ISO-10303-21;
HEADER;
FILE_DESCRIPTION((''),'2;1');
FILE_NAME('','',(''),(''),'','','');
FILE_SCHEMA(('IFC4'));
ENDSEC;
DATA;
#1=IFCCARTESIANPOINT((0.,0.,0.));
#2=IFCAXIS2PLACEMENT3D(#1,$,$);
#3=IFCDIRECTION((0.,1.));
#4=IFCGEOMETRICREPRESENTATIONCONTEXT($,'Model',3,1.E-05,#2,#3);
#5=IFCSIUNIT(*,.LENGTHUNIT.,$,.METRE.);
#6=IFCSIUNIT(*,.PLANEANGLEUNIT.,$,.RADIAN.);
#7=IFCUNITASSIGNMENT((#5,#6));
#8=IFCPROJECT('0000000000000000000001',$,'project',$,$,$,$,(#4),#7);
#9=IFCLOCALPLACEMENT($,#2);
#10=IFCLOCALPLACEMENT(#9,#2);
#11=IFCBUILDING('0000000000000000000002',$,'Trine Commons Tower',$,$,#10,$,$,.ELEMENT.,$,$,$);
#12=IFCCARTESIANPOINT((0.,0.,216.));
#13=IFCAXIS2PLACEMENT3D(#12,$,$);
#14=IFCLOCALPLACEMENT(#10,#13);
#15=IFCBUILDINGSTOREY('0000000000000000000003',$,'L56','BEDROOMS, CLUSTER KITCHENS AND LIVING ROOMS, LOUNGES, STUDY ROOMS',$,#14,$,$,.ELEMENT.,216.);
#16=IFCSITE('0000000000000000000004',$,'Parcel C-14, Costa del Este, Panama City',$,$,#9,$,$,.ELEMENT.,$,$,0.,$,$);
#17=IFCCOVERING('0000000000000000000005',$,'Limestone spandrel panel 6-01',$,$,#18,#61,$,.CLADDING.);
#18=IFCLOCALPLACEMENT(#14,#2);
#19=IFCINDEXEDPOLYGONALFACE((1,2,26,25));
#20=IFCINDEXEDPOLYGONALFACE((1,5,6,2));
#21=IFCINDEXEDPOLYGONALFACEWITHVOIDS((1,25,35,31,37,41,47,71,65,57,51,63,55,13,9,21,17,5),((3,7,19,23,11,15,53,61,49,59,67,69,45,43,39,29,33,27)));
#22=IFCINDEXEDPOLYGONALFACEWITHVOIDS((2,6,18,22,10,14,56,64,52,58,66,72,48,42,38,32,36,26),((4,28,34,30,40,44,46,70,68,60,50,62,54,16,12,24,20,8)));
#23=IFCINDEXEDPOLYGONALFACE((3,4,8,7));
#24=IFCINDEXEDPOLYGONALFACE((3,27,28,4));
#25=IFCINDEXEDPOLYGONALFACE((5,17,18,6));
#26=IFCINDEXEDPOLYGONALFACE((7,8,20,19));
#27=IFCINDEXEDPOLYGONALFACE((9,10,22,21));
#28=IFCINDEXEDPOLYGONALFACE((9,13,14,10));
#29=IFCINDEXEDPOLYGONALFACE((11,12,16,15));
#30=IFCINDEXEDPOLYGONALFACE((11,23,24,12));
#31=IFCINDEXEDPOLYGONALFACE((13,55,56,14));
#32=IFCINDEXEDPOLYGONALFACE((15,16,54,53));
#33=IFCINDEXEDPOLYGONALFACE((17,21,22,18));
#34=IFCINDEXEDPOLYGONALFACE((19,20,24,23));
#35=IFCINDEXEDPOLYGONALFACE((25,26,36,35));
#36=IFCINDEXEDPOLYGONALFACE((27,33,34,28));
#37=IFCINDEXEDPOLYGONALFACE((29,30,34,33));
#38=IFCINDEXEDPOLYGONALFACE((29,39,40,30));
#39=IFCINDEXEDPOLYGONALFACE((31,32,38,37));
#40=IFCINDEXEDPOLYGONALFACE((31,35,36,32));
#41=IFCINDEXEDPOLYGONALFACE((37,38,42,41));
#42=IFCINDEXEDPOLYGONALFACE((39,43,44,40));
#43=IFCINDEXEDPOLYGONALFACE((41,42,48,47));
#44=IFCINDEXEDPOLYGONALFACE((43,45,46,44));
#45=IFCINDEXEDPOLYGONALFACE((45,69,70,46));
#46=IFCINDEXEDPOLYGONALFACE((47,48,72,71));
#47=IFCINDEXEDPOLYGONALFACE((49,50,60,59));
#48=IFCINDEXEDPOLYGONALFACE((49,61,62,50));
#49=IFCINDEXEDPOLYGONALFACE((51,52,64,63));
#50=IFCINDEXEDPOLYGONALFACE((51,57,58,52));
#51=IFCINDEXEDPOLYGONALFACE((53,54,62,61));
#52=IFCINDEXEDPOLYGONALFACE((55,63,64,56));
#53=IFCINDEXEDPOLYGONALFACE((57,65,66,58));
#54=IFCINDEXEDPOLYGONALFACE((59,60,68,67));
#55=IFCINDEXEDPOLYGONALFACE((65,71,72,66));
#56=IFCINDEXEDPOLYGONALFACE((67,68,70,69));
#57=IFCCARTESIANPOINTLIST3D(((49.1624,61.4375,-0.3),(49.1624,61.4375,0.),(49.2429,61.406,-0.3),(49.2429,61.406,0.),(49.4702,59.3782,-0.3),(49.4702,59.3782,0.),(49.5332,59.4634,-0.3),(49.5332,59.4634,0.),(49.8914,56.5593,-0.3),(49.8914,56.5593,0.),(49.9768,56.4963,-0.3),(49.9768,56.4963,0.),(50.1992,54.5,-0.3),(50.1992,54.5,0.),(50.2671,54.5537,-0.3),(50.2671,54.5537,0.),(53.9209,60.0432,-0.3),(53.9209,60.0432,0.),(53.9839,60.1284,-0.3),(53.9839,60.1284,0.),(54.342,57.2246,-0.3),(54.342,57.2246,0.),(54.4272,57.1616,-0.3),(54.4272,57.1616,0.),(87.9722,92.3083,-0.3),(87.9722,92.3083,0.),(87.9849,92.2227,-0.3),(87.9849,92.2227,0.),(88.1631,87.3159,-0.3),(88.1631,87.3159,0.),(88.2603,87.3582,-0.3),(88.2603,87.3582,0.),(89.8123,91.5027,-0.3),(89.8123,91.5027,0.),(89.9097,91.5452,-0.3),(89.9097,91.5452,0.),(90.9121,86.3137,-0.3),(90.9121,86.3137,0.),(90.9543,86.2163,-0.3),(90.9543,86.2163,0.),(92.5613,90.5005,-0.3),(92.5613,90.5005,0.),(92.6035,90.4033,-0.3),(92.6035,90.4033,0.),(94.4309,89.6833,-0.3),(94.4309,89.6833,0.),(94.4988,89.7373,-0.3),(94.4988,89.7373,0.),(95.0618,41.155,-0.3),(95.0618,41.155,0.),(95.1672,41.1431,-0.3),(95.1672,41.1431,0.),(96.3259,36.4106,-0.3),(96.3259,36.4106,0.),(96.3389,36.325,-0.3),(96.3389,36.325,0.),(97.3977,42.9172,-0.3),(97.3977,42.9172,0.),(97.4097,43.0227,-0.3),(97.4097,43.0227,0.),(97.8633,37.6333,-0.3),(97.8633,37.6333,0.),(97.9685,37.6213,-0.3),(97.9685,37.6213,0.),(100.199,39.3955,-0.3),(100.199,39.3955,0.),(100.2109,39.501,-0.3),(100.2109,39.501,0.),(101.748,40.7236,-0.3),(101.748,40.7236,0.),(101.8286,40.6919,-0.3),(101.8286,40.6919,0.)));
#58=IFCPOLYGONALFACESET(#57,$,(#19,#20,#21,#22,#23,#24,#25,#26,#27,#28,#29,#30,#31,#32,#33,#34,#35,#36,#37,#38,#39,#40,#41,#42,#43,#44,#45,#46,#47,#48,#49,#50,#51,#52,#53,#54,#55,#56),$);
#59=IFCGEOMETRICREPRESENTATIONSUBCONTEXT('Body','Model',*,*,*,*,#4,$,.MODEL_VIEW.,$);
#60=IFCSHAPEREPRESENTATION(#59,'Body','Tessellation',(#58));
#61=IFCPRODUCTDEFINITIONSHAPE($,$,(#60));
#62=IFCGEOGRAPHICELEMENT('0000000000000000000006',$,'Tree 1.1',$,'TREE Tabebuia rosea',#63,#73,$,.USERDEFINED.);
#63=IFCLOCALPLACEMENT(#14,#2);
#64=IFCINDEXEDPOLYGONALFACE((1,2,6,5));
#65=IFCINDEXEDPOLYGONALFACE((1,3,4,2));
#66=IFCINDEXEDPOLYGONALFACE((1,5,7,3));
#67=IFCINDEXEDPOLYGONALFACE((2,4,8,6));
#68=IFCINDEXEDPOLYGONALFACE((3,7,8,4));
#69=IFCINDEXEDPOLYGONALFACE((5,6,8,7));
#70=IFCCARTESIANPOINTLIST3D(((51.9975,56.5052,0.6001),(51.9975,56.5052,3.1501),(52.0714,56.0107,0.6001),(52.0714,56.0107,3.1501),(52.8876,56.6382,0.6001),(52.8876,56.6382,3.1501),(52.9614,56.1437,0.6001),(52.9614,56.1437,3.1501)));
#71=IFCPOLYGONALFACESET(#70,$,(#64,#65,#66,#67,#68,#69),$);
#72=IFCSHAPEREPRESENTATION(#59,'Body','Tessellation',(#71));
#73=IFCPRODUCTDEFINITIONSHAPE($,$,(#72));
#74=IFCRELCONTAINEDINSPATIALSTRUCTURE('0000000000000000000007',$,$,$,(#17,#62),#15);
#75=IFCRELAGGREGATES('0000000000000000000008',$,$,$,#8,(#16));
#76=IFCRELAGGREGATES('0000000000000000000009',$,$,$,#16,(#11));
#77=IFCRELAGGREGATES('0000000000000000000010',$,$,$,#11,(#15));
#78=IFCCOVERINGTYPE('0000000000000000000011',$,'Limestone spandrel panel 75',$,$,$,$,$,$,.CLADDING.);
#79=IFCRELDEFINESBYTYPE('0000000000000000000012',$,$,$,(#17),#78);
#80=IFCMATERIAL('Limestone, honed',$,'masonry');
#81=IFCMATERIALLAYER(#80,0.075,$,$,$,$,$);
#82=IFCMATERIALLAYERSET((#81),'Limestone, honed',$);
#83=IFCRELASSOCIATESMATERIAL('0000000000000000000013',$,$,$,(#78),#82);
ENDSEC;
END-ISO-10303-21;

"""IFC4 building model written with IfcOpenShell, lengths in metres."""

from ifc_helpers import new_model, si_unit, direction, frame, origin, origin_2d, place, context, subcontext, project, spatial, polyline, rectangle, outline, extrude, material, layer, layer_set, type_object, element, save


model = new_model("IFC4")

# Units and contexts
model_context = context("Model", 3, precision=1e-05, world=origin(), true_north=direction((0.0, 1.0)))
body_context = subcontext(model_context, "Body", "Model", "MODEL_VIEW")
ifc_project = project(units=[si_unit("LENGTHUNIT", "METRE"), si_unit("PLANEANGLEUNIT", "RADIAN")], contexts=[model_context])

# Site, building, storey
site_placement = place(None, origin())
site = spatial("IfcSite", under=ifc_project, at=site_placement, Name="Parcel C-14, Costa del Este, Panama City", CompositionType="ELEMENT", RefElevation=0.0)
building_placement = place(site_placement, origin())
building = spatial("IfcBuilding", under=site, at=building_placement, Name="Trine Commons Tower", CompositionType="ELEMENT")
storey_placement = place(building_placement, frame((0.0, 0.0, 216.0)))
storey = spatial("IfcBuildingStorey", under=building, at=storey_placement, Name="L56", Description="BEDROOMS, CLUSTER KITCHENS AND LIVING ROOMS, LOUNGES, STUDY ROOMS", CompositionType="ELEMENT", Elevation=216.0)

# Covering
ifc_material_1 = material(Name="Limestone, honed", Category="masonry")
ifc_layer_1 = layer(ifc_material_1, 0.075)
ifc_layer_set_1 = layer_set([ifc_layer_1], Name="Limestone, honed")
covering_type_1 = type_object("IfcCoveringType", Name="Limestone spandrel panel 75", PredefinedType="CLADDING", material=ifc_layer_set_1)
covering_1_placement = place(storey_placement, frame((0.0, 0.0, -0.3)))
element("IfcCovering", 1, at=covering_1_placement, inside=storey, type_object=covering_type_1, Name="Limestone spandrel panel 6-01", PredefinedType="CLADDING", context=body_context, shape_type="SweptSolid", body=[
    extrude(outline(polyline([(97.3977, 42.9172), (100.199, 39.3955), (101.8286, 40.6919), (94.4988, 89.7373), (92.5613, 90.5005), (90.9121, 86.3137), (88.2603, 87.3582), (89.9097, 91.5452), (87.9722, 92.3083), (49.1624, 61.4375), (49.4702, 59.3782), (53.9209, 60.0432), (54.342, 57.2246), (49.8914, 56.5593), (50.1992, 54.5), (96.3389, 36.325), (97.9685, 37.6213), (95.1672, 41.1431), (97.3977, 42.9172)]), holes=[polyline([(92.6035, 90.4033), (94.4309, 89.6833), (101.748, 40.7236), (100.2109, 39.501), (97.4097, 43.0227), (95.0618, 41.155), (97.8633, 37.6333), (96.3259, 36.4106), (50.2671, 54.5537), (49.9768, 56.4963), (54.4272, 57.1616), (53.9839, 60.1284), (49.5332, 59.4634), (49.2429, 61.406), (87.9849, 92.2227), (89.8123, 91.5027), (88.1631, 87.3159), (90.9543, 86.2163), (92.6035, 90.4033)])]), origin(), (0.0, 0.0, 1.0), 0.3),
])

# Geographic element
geographic_element_placement = place(storey_placement, frame((52.4795, 56.3245, 0.6001), z_axis=(0.0, 0.0, 1.0), x_axis=(0.989019, 0.14779, 0.0)))
element("IfcGeographicElement", 2, at=geographic_element_placement, inside=storey, Name="Tree 1.1", ObjectType="TREE Tabebuia rosea", PredefinedType="USERDEFINED", context=body_context, shape_type="SweptSolid", body=[
    extrude(rectangle(XDim=0.8999, YDim=0.5, at=origin_2d()), origin(), (0.0, 0.0, 1.0), 2.55),
])

save(model, "model.ifc")
